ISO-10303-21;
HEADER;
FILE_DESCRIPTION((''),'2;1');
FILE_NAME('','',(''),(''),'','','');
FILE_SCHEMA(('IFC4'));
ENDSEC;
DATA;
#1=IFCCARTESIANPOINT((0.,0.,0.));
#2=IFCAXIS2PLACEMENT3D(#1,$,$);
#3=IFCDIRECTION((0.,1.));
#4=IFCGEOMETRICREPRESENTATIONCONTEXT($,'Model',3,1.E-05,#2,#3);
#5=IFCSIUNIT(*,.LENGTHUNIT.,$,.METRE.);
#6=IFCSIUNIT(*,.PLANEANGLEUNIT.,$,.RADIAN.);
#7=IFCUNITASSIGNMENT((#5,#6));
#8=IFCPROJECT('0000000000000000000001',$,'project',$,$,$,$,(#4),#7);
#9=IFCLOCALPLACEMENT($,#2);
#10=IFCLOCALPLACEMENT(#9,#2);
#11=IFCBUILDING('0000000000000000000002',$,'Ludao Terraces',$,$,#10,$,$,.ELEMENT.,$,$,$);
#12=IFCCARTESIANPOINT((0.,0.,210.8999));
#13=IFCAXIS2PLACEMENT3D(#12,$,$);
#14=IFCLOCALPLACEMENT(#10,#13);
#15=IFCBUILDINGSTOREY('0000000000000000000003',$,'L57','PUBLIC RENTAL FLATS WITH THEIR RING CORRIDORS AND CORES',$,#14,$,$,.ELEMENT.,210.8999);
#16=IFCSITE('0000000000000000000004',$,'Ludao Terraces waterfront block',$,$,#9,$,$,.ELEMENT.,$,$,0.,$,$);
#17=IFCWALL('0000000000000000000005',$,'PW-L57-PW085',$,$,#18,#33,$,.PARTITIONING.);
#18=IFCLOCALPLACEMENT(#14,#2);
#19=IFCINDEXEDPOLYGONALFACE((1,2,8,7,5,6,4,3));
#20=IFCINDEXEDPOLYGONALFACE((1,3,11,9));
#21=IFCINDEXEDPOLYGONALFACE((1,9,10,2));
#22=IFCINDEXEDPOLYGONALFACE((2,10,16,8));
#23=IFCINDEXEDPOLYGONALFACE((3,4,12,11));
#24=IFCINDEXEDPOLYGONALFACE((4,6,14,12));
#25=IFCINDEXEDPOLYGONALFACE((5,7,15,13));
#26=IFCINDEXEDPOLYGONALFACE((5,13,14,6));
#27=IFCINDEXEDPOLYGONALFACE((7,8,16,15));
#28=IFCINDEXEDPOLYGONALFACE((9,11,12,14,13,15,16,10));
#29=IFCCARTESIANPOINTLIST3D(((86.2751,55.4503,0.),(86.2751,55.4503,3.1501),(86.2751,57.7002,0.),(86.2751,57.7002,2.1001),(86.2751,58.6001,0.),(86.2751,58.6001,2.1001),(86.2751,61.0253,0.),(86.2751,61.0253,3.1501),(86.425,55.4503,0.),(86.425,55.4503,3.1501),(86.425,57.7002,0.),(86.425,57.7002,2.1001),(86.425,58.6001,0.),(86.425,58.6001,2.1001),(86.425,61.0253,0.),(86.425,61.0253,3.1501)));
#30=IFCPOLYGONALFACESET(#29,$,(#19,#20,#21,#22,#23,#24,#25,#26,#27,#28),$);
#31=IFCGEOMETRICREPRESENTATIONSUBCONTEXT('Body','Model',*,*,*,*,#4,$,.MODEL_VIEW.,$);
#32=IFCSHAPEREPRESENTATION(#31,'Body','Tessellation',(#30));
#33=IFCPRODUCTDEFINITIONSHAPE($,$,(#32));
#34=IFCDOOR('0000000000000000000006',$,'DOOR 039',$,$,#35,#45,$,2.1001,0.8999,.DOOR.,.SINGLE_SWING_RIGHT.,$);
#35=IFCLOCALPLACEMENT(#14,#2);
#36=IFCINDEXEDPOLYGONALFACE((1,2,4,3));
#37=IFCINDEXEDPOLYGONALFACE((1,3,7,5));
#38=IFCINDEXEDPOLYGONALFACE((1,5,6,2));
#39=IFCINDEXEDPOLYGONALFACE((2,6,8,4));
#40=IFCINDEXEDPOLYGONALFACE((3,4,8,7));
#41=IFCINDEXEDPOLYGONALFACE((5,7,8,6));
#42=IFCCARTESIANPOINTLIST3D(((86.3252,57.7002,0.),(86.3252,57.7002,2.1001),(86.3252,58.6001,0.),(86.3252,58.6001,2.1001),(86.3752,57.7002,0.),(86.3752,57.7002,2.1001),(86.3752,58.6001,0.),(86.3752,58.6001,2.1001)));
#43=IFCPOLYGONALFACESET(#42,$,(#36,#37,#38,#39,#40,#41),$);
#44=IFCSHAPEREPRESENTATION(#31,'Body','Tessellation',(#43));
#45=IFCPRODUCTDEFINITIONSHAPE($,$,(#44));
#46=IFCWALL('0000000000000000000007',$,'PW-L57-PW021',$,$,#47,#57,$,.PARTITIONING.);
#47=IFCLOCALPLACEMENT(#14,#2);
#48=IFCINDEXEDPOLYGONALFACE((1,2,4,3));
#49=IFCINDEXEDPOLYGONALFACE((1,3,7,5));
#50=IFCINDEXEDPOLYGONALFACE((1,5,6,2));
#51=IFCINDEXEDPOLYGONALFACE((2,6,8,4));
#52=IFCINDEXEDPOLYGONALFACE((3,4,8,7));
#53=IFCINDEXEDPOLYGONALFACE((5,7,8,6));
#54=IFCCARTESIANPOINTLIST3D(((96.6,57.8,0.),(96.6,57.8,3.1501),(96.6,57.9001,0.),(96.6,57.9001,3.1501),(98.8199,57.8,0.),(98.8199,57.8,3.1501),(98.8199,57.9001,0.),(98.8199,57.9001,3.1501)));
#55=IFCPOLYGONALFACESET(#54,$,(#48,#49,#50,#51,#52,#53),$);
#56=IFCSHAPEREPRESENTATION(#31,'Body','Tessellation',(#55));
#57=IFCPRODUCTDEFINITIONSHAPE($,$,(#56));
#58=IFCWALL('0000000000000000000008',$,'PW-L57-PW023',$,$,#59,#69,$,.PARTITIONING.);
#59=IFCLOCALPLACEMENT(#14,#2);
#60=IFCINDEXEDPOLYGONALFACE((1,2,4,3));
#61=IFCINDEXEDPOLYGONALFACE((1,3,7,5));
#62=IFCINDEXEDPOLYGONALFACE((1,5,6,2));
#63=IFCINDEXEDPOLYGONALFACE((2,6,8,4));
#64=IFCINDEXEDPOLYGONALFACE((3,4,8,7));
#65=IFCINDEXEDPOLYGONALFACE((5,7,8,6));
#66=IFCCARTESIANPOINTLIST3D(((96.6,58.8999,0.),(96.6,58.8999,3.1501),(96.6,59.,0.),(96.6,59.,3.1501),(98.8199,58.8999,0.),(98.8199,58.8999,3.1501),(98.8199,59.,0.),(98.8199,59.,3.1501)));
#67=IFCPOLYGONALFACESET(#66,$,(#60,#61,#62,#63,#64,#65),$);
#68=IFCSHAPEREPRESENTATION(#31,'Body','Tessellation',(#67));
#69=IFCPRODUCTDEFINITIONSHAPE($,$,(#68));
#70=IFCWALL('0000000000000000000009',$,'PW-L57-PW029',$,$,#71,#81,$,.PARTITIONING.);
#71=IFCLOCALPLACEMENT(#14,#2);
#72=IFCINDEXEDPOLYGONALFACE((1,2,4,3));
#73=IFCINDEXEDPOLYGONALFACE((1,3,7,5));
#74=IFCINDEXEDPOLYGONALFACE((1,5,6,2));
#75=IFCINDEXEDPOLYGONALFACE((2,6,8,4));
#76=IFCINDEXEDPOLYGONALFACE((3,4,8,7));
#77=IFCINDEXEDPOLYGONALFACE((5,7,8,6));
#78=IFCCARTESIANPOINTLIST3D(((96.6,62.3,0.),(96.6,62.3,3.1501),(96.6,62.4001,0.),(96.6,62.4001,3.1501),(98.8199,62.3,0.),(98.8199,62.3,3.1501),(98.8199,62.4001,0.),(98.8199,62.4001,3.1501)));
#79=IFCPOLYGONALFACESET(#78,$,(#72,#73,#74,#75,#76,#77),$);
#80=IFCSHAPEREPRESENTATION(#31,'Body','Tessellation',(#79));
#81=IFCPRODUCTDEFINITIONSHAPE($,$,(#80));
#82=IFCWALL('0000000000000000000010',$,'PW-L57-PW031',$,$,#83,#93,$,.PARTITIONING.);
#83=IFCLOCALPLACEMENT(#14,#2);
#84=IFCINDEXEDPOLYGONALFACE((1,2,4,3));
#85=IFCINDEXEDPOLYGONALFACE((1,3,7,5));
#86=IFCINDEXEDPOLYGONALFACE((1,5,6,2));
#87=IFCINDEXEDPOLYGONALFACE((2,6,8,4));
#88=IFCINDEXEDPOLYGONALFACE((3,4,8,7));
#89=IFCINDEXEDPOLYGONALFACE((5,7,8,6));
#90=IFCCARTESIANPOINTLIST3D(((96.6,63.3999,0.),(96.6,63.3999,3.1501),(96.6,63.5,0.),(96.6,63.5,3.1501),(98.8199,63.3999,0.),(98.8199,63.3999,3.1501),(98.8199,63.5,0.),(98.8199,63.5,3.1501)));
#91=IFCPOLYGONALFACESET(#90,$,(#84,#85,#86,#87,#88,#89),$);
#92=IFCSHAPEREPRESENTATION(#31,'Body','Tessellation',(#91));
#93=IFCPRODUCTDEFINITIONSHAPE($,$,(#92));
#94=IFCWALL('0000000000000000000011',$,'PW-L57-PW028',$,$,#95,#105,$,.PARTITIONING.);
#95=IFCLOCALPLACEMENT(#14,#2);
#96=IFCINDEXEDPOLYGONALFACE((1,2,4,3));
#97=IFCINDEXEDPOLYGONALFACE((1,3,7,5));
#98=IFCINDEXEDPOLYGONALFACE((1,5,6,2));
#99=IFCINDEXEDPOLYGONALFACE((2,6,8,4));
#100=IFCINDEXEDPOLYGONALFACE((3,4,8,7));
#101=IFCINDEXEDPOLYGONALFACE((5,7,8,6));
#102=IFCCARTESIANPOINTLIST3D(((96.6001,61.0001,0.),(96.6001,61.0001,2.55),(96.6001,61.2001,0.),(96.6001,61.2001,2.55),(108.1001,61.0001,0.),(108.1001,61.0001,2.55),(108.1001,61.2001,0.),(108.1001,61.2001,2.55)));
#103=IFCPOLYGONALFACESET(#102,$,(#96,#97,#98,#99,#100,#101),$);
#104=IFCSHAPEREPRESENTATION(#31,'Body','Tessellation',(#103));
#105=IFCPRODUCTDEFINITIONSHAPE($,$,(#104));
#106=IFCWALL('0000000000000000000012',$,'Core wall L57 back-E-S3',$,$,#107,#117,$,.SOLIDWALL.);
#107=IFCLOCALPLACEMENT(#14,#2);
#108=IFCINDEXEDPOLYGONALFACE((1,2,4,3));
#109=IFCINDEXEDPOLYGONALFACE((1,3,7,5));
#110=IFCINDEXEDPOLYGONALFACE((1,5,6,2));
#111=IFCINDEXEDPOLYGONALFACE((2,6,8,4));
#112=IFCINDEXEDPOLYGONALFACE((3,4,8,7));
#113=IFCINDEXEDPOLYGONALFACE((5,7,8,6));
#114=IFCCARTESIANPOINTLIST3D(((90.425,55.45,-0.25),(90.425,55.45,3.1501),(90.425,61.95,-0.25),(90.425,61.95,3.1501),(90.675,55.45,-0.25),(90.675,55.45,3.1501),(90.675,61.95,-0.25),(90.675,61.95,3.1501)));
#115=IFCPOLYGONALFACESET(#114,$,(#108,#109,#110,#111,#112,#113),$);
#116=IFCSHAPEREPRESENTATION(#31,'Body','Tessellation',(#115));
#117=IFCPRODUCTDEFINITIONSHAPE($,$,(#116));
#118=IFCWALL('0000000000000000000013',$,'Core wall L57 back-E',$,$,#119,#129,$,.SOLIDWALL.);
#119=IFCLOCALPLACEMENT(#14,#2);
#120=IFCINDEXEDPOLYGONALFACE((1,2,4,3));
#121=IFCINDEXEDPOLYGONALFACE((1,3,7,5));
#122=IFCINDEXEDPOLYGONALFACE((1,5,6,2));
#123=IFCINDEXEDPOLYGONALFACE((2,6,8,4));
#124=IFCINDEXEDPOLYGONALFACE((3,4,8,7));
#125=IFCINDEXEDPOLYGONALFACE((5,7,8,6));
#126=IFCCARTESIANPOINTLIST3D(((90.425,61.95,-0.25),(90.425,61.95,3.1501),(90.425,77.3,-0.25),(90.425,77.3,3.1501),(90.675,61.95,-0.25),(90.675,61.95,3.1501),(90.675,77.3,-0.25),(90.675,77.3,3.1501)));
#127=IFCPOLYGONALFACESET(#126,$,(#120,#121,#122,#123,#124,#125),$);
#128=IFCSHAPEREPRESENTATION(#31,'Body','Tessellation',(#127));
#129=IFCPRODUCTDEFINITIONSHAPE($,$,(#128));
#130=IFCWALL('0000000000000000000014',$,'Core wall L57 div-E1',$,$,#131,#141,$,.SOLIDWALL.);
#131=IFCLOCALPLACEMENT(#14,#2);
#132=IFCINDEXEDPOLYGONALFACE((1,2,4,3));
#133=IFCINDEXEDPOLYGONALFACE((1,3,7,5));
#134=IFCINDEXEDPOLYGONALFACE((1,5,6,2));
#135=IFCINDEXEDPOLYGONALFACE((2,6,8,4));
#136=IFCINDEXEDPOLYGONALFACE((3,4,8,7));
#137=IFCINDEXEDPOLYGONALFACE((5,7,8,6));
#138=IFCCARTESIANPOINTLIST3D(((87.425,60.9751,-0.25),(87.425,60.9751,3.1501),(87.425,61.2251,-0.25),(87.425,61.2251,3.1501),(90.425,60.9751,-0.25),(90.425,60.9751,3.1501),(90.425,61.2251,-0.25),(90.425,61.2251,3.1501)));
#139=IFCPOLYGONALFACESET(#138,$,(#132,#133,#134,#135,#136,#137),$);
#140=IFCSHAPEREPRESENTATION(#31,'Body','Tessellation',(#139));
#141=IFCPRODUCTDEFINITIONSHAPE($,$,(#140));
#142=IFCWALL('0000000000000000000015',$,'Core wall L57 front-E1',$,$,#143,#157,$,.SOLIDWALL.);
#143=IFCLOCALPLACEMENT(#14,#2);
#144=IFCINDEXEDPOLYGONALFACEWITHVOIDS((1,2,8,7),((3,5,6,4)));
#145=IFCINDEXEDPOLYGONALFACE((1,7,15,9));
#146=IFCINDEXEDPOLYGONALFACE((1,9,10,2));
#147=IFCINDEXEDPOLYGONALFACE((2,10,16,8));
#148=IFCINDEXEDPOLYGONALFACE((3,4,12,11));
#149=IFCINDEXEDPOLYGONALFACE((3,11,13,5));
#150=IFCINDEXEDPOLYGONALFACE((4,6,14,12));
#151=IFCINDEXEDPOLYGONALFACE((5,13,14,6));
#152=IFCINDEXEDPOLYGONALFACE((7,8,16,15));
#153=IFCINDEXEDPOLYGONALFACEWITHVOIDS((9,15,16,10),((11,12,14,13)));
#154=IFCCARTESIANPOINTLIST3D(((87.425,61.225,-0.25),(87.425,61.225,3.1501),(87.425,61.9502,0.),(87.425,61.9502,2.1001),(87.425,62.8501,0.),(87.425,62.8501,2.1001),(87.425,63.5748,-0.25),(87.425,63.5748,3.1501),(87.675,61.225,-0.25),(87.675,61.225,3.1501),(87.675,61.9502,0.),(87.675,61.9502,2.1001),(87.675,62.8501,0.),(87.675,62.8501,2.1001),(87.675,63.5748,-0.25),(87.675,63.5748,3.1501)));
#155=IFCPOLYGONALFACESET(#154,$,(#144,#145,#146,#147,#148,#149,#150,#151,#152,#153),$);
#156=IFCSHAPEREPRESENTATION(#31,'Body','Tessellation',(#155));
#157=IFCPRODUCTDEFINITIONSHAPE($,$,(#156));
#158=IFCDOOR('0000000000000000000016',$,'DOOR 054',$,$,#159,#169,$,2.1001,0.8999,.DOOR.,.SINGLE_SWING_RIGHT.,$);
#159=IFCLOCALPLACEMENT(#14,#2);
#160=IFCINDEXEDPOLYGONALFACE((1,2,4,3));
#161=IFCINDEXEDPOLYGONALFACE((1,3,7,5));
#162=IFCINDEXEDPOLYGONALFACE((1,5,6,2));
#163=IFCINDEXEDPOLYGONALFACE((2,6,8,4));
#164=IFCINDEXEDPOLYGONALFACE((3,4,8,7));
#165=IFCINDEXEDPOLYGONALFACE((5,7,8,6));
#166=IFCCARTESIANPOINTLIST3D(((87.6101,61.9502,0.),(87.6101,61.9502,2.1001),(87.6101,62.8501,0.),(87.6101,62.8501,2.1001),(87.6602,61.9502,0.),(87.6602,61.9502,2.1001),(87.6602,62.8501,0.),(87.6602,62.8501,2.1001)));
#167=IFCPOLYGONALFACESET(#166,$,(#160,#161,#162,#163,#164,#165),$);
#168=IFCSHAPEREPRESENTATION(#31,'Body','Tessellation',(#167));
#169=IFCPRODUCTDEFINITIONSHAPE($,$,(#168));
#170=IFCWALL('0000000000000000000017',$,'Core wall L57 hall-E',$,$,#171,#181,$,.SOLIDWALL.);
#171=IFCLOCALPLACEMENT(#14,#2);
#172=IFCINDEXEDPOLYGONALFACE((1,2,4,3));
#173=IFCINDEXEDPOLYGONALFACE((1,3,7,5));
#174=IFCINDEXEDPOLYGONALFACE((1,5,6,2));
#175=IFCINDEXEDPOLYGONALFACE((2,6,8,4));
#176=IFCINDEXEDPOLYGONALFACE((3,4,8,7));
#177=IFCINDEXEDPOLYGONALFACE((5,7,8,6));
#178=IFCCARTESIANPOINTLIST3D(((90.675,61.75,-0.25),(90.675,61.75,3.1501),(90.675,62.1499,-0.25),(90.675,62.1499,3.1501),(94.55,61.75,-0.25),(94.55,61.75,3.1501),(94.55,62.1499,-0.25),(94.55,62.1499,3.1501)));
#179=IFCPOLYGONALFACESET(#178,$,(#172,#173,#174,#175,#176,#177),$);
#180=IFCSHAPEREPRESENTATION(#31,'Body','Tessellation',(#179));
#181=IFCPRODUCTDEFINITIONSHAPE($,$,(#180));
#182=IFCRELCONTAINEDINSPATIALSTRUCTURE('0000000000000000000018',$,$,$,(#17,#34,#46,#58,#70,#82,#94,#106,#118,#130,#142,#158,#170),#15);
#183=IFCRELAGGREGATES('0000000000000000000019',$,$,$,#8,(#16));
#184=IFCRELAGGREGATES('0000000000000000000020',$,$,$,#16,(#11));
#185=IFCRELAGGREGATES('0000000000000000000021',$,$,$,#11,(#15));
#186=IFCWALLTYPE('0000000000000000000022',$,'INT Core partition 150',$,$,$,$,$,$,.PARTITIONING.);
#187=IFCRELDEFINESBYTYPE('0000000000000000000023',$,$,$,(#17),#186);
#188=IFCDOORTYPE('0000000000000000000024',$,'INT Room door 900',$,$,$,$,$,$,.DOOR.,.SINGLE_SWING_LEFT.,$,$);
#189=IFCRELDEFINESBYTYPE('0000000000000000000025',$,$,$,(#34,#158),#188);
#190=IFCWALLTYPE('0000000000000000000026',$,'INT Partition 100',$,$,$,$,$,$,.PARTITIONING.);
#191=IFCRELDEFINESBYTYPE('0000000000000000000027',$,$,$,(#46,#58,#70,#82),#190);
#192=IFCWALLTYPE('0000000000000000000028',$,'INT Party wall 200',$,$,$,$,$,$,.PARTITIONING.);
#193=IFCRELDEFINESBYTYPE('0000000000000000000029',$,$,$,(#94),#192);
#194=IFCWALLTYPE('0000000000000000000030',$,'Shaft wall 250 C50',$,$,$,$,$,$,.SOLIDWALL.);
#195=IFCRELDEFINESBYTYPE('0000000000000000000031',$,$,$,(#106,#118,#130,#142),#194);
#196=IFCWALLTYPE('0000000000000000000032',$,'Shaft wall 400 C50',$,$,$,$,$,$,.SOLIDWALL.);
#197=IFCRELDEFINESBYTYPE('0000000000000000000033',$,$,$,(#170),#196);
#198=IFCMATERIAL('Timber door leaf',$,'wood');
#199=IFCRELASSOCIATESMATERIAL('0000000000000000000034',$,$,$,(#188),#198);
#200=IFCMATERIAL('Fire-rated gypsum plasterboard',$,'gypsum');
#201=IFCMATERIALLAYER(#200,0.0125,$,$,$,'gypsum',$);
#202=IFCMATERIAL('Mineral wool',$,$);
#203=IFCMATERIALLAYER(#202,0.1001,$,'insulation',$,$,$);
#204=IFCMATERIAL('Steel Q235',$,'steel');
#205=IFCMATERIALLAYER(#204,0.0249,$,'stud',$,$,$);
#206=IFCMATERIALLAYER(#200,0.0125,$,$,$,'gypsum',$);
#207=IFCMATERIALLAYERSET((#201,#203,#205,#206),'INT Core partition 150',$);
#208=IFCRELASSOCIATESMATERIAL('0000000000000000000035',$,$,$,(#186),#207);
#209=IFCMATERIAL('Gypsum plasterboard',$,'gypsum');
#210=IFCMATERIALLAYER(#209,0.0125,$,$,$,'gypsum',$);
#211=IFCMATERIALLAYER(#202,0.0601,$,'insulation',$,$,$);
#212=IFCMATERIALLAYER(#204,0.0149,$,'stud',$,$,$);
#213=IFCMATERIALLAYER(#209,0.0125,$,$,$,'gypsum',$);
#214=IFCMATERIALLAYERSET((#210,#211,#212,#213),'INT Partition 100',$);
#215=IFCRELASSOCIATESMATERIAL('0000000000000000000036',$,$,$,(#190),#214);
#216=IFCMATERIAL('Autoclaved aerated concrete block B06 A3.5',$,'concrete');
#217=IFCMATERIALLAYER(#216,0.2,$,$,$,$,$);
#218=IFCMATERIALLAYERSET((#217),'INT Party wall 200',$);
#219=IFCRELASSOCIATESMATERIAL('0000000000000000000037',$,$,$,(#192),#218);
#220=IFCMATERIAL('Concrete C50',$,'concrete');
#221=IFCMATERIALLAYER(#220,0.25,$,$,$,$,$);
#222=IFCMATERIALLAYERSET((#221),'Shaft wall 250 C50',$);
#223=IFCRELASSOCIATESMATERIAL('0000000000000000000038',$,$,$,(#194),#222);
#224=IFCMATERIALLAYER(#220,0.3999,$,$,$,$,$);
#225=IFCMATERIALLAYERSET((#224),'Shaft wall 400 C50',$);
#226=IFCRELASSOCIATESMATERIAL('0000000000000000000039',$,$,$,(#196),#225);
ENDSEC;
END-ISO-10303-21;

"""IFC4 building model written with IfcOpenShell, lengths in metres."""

from ifc_helpers import new_model, si_unit, direction, frame, frame_2d, origin, place, context, subcontext, project, spatial, rectangle, extrude, material, layer, layer_set, type_object, element, fill, save


model = new_model("IFC4")

# Units and contexts
model_context = context("Model", 3, precision=1e-05, world=origin(), true_north=direction((0.0, 1.0)))
body_context = subcontext(model_context, "Body", "Model", "MODEL_VIEW")
ifc_project = project(units=[si_unit("LENGTHUNIT", "METRE"), si_unit("PLANEANGLEUNIT", "RADIAN")], contexts=[model_context])

# Site, building, storey
site_placement = place(None, origin())
site = spatial("IfcSite", under=ifc_project, at=site_placement, Name="Ludao Terraces waterfront block", CompositionType="ELEMENT", RefElevation=0.0)
building_placement = place(site_placement, origin())
building = spatial("IfcBuilding", under=site, at=building_placement, Name="Ludao Terraces", CompositionType="ELEMENT")
storey_placement = place(building_placement, frame((0.0, 0.0, 210.8999)))
storey = spatial("IfcBuildingStorey", under=building, at=storey_placement, Name="L57", Description="PUBLIC RENTAL FLATS WITH THEIR RING CORRIDORS AND CORES", CompositionType="ELEMENT", Elevation=210.8999)

# Shared definitions
ifc_material_1 = material(Name="Concrete C50", Category="concrete")
ifc_material_2 = material(Name="Steel Q235", Category="steel")
ifc_material_3 = material(Name="Timber door leaf", Category="wood")
door_type_1 = type_object("IfcDoorType", Name="INT Room door 900", OperationType="SINGLE_SWING_LEFT", PredefinedType="DOOR", material=ifc_material_3)

# Wall, opening, door
ifc_material_4 = material(Name="Fire-rated gypsum plasterboard", Category="gypsum")
ifc_layer_1 = layer(ifc_material_4, 0.0125, Category="gypsum")
ifc_material_5 = material(Name="Mineral wool")
ifc_layer_2 = layer(ifc_material_5, 0.1001, Name="insulation")
ifc_layer_3 = layer(ifc_material_2, 0.0249, Name="stud")
ifc_layer_4 = layer(ifc_material_4, 0.0125, Category="gypsum")
ifc_layer_set_1 = layer_set([ifc_layer_1, ifc_layer_2, ifc_layer_3, ifc_layer_4], Name="INT Core partition 150")
wall_type_1 = type_object("IfcWallType", Name="INT Core partition 150", PredefinedType="PARTITIONING", material=ifc_layer_set_1)
wall_1_placement = place(storey_placement, frame((86.3501, 55.4502, 0.0), z_axis=(0.0, 0.0, 1.0), x_axis=(0.0, 1.0, 0.0)))
wall_1 = element("IfcWall", 1, at=wall_1_placement, inside=storey, type_object=wall_type_1, Name="PW-L57-PW085", PredefinedType="PARTITIONING", context=body_context, shape_type="SweptSolid", body=[
    extrude(rectangle(XDim=5.575, YDim=0.1499, at=frame_2d((2.7876, 0.0))), origin(), (0.0, 0.0, 1.0), 3.1501),
])
opening_1_placement = place(wall_1_placement, frame((2.25, 0.0, 0.0)))
opening_1 = element("IfcOpeningElement", 2, at=opening_1_placement, cuts=wall_1, PredefinedType="OPENING", context=body_context, shape_type="SweptSolid", body=[
    extrude(rectangle(XDim=0.8999, YDim=2.1001, at=frame_2d((0.45, 1.05))), frame((0.0, 0.085, 0.0), z_axis=(0.0, -1.0, 0.0), x_axis=(1.0, 0.0, 0.0)), (0.0, 0.0, 1.0), 0.1699),
])
door_1_placement = place(opening_1_placement, origin())
door_1 = element("IfcDoor", 3, at=door_1_placement, inside=storey, type_object=door_type_1, Name="DOOR 039", OperationType="SINGLE_SWING_RIGHT", OverallHeight=2.1001, OverallWidth=0.8999, PredefinedType="DOOR", context=body_context, shape_type="SweptSolid", body=[
    extrude(rectangle(XDim=0.8999, YDim=2.1001, at=frame_2d((0.45, 1.05))), frame((0.0, 0.0249, 0.0), z_axis=(0.0, -1.0, 0.0), x_axis=(1.0, 0.0, 0.0)), (0.0, 0.0, 1.0), 0.05),
])
fill(opening_1, door_1)

# Walls
ifc_material_6 = material(Name="Gypsum plasterboard", Category="gypsum")
ifc_layer_5 = layer(ifc_material_6, 0.0125, Category="gypsum")
ifc_layer_6 = layer(ifc_material_5, 0.0601, Name="insulation")
ifc_layer_7 = layer(ifc_material_2, 0.0149, Name="stud")
ifc_layer_8 = layer(ifc_material_6, 0.0125, Category="gypsum")
ifc_layer_set_2 = layer_set([ifc_layer_5, ifc_layer_6, ifc_layer_7, ifc_layer_8], Name="INT Partition 100")
wall_type_2 = type_object("IfcWallType", Name="INT Partition 100", PredefinedType="PARTITIONING", material=ifc_layer_set_2)
for number, where, z_axis, x_axis, name in (
    (4, (96.6001, 57.8501, 0.0), (0.0, 0.0, 1.0), (1.0, 0.0, 0.0), "PW-L57-PW021"),
    (5, (96.6001, 58.95, 0.0), (0.0, 0.0, 1.0), (1.0, 0.0, 0.0), "PW-L57-PW023"),
    (6, (96.6001, 62.3501, 0.0), (0.0, 0.0, 1.0), (1.0, 0.0, 0.0), "PW-L57-PW029"),
    (7, (96.6001, 63.45, 0.0), (0.0, 0.0, 1.0), (1.0, 0.0, 0.0), "PW-L57-PW031"),
):
    element("IfcWall", number, at=place(storey_placement, frame(where, z_axis=z_axis, x_axis=x_axis)), inside=storey, type_object=wall_type_2, Name=name, PredefinedType="PARTITIONING", context=body_context, shape_type="SweptSolid", body=[
        extrude(rectangle(XDim=2.22, YDim=0.1001, at=frame_2d((1.1099, 0.0))), origin(), (0.0, 0.0, 1.0), 3.1501),
    ])
ifc_material_7 = material(Name="Autoclaved aerated concrete block B06 A3.5", Category="concrete")
ifc_layer_9 = layer(ifc_material_7, 0.2)
ifc_layer_set_3 = layer_set([ifc_layer_9], Name="INT Party wall 200")
wall_type_3 = type_object("IfcWallType", Name="INT Party wall 200", PredefinedType="PARTITIONING", material=ifc_layer_set_3)
wall_2_placement = place(storey_placement, frame((96.6001, 61.1001, 0.0), z_axis=(0.0, 0.0, 1.0), x_axis=(1.0, 0.0, 0.0)))
element("IfcWall", 8, at=wall_2_placement, inside=storey, type_object=wall_type_3, Name="PW-L57-PW028", PredefinedType="PARTITIONING", context=body_context, shape_type="SweptSolid", body=[
    extrude(rectangle(XDim=11.5, YDim=0.2, at=frame_2d((5.75, 0.0))), origin(), (0.0, 0.0, 1.0), 2.55),
])
ifc_layer_10 = layer(ifc_material_1, 0.25)
ifc_layer_set_4 = layer_set([ifc_layer_10], Name="Shaft wall 250 C50")
wall_type_4 = type_object("IfcWallType", Name="Shaft wall 250 C50", PredefinedType="SOLIDWALL", material=ifc_layer_set_4)
wall_3_placement = place(storey_placement, frame((90.55, 55.45, -0.25), z_axis=(0.0, 0.0, 1.0), x_axis=(0.0, 1.0, 0.0)))
element("IfcWall", 9, at=wall_3_placement, inside=storey, type_object=wall_type_4, Name="Core wall L57 back-E-S3", PredefinedType="SOLIDWALL", context=body_context, shape_type="SweptSolid", body=[
    extrude(rectangle(XDim=6.5, YDim=0.25, at=frame_2d((3.25, 0.0))), origin(), (0.0, 0.0, 1.0), 3.4001),
])
wall_4_placement = place(storey_placement, frame((90.55, 61.95, -0.25), z_axis=(0.0, 0.0, 1.0), x_axis=(0.0, 1.0, 0.0)))
element("IfcWall", 10, at=wall_4_placement, inside=storey, type_object=wall_type_4, Name="Core wall L57 back-E", PredefinedType="SOLIDWALL", context=body_context, shape_type="SweptSolid", body=[
    extrude(rectangle(XDim=15.3501, YDim=0.25, at=frame_2d((7.675, 0.0))), origin(), (0.0, 0.0, 1.0), 3.4001),
])
wall_5_placement = place(storey_placement, frame((87.425, 61.1001, -0.25), z_axis=(0.0, 0.0, 1.0), x_axis=(1.0, 0.0, 0.0)))
element("IfcWall", 11, at=wall_5_placement, inside=storey, type_object=wall_type_4, Name="Core wall L57 div-E1", PredefinedType="SOLIDWALL", context=body_context, shape_type="SweptSolid", body=[
    extrude(rectangle(XDim=3.0, YDim=0.25, at=frame_2d((1.5, 0.0))), origin(), (0.0, 0.0, 1.0), 3.4001),
])

# Wall, opening, door
wall_6_placement = place(storey_placement, frame((87.55, 61.2251, -0.25), z_axis=(0.0, 0.0, 1.0), x_axis=(0.0, 1.0, 0.0)))
wall_6 = element("IfcWall", 12, at=wall_6_placement, inside=storey, type_object=wall_type_4, Name="Core wall L57 front-E1", PredefinedType="SOLIDWALL", context=body_context, shape_type="SweptSolid", body=[
    extrude(rectangle(XDim=2.3499, YDim=0.25, at=frame_2d((1.1748, 0.0))), origin(), (0.0, 0.0, 1.0), 3.4001),
])
opening_2_placement = place(wall_6_placement, frame((0.7251, 0.0, 0.25)))
opening_2 = element("IfcOpeningElement", 13, at=opening_2_placement, cuts=wall_6, PredefinedType="OPENING", context=body_context, shape_type="SweptSolid", body=[
    extrude(rectangle(XDim=0.8999, YDim=2.1001, at=frame_2d((0.45, 1.05))), frame((0.0, 0.135, 0.0), z_axis=(0.0, -1.0, 0.0), x_axis=(1.0, 0.0, 0.0)), (0.0, 0.0, 1.0), 0.27),
])
door_2_placement = place(opening_2_placement, origin())
door_2 = element("IfcDoor", 14, at=door_2_placement, inside=storey, type_object=door_type_1, Name="DOOR 054", OperationType="SINGLE_SWING_RIGHT", OverallHeight=2.1001, OverallWidth=0.8999, PredefinedType="DOOR", context=body_context, shape_type="SweptSolid", body=[
    extrude(rectangle(XDim=0.8999, YDim=2.1001, at=frame_2d((0.45, 1.05))), frame((0.0, -0.0601, 0.0), z_axis=(0.0, -1.0, 0.0), x_axis=(1.0, 0.0, 0.0)), (0.0, 0.0, 1.0), 0.05),
])
fill(opening_2, door_2)

# Wall
ifc_layer_11 = layer(ifc_material_1, 0.3999)
ifc_layer_set_5 = layer_set([ifc_layer_11], Name="Shaft wall 400 C50")
wall_type_5 = type_object("IfcWallType", Name="Shaft wall 400 C50", PredefinedType="SOLIDWALL", material=ifc_layer_set_5)
wall_7_placement = place(storey_placement, frame((90.675, 61.95, -0.25), z_axis=(0.0, 0.0, 1.0), x_axis=(1.0, 0.0, 0.0)))
element("IfcWall", 15, at=wall_7_placement, inside=storey, type_object=wall_type_5, Name="Core wall L57 hall-E", PredefinedType="SOLIDWALL", context=body_context, shape_type="SweptSolid", body=[
    extrude(rectangle(XDim=3.875, YDim=0.3999, at=frame_2d((1.9375, 0.0))), origin(), (0.0, 0.0, 1.0), 3.4001),
])

save(model, "model.ifc")
